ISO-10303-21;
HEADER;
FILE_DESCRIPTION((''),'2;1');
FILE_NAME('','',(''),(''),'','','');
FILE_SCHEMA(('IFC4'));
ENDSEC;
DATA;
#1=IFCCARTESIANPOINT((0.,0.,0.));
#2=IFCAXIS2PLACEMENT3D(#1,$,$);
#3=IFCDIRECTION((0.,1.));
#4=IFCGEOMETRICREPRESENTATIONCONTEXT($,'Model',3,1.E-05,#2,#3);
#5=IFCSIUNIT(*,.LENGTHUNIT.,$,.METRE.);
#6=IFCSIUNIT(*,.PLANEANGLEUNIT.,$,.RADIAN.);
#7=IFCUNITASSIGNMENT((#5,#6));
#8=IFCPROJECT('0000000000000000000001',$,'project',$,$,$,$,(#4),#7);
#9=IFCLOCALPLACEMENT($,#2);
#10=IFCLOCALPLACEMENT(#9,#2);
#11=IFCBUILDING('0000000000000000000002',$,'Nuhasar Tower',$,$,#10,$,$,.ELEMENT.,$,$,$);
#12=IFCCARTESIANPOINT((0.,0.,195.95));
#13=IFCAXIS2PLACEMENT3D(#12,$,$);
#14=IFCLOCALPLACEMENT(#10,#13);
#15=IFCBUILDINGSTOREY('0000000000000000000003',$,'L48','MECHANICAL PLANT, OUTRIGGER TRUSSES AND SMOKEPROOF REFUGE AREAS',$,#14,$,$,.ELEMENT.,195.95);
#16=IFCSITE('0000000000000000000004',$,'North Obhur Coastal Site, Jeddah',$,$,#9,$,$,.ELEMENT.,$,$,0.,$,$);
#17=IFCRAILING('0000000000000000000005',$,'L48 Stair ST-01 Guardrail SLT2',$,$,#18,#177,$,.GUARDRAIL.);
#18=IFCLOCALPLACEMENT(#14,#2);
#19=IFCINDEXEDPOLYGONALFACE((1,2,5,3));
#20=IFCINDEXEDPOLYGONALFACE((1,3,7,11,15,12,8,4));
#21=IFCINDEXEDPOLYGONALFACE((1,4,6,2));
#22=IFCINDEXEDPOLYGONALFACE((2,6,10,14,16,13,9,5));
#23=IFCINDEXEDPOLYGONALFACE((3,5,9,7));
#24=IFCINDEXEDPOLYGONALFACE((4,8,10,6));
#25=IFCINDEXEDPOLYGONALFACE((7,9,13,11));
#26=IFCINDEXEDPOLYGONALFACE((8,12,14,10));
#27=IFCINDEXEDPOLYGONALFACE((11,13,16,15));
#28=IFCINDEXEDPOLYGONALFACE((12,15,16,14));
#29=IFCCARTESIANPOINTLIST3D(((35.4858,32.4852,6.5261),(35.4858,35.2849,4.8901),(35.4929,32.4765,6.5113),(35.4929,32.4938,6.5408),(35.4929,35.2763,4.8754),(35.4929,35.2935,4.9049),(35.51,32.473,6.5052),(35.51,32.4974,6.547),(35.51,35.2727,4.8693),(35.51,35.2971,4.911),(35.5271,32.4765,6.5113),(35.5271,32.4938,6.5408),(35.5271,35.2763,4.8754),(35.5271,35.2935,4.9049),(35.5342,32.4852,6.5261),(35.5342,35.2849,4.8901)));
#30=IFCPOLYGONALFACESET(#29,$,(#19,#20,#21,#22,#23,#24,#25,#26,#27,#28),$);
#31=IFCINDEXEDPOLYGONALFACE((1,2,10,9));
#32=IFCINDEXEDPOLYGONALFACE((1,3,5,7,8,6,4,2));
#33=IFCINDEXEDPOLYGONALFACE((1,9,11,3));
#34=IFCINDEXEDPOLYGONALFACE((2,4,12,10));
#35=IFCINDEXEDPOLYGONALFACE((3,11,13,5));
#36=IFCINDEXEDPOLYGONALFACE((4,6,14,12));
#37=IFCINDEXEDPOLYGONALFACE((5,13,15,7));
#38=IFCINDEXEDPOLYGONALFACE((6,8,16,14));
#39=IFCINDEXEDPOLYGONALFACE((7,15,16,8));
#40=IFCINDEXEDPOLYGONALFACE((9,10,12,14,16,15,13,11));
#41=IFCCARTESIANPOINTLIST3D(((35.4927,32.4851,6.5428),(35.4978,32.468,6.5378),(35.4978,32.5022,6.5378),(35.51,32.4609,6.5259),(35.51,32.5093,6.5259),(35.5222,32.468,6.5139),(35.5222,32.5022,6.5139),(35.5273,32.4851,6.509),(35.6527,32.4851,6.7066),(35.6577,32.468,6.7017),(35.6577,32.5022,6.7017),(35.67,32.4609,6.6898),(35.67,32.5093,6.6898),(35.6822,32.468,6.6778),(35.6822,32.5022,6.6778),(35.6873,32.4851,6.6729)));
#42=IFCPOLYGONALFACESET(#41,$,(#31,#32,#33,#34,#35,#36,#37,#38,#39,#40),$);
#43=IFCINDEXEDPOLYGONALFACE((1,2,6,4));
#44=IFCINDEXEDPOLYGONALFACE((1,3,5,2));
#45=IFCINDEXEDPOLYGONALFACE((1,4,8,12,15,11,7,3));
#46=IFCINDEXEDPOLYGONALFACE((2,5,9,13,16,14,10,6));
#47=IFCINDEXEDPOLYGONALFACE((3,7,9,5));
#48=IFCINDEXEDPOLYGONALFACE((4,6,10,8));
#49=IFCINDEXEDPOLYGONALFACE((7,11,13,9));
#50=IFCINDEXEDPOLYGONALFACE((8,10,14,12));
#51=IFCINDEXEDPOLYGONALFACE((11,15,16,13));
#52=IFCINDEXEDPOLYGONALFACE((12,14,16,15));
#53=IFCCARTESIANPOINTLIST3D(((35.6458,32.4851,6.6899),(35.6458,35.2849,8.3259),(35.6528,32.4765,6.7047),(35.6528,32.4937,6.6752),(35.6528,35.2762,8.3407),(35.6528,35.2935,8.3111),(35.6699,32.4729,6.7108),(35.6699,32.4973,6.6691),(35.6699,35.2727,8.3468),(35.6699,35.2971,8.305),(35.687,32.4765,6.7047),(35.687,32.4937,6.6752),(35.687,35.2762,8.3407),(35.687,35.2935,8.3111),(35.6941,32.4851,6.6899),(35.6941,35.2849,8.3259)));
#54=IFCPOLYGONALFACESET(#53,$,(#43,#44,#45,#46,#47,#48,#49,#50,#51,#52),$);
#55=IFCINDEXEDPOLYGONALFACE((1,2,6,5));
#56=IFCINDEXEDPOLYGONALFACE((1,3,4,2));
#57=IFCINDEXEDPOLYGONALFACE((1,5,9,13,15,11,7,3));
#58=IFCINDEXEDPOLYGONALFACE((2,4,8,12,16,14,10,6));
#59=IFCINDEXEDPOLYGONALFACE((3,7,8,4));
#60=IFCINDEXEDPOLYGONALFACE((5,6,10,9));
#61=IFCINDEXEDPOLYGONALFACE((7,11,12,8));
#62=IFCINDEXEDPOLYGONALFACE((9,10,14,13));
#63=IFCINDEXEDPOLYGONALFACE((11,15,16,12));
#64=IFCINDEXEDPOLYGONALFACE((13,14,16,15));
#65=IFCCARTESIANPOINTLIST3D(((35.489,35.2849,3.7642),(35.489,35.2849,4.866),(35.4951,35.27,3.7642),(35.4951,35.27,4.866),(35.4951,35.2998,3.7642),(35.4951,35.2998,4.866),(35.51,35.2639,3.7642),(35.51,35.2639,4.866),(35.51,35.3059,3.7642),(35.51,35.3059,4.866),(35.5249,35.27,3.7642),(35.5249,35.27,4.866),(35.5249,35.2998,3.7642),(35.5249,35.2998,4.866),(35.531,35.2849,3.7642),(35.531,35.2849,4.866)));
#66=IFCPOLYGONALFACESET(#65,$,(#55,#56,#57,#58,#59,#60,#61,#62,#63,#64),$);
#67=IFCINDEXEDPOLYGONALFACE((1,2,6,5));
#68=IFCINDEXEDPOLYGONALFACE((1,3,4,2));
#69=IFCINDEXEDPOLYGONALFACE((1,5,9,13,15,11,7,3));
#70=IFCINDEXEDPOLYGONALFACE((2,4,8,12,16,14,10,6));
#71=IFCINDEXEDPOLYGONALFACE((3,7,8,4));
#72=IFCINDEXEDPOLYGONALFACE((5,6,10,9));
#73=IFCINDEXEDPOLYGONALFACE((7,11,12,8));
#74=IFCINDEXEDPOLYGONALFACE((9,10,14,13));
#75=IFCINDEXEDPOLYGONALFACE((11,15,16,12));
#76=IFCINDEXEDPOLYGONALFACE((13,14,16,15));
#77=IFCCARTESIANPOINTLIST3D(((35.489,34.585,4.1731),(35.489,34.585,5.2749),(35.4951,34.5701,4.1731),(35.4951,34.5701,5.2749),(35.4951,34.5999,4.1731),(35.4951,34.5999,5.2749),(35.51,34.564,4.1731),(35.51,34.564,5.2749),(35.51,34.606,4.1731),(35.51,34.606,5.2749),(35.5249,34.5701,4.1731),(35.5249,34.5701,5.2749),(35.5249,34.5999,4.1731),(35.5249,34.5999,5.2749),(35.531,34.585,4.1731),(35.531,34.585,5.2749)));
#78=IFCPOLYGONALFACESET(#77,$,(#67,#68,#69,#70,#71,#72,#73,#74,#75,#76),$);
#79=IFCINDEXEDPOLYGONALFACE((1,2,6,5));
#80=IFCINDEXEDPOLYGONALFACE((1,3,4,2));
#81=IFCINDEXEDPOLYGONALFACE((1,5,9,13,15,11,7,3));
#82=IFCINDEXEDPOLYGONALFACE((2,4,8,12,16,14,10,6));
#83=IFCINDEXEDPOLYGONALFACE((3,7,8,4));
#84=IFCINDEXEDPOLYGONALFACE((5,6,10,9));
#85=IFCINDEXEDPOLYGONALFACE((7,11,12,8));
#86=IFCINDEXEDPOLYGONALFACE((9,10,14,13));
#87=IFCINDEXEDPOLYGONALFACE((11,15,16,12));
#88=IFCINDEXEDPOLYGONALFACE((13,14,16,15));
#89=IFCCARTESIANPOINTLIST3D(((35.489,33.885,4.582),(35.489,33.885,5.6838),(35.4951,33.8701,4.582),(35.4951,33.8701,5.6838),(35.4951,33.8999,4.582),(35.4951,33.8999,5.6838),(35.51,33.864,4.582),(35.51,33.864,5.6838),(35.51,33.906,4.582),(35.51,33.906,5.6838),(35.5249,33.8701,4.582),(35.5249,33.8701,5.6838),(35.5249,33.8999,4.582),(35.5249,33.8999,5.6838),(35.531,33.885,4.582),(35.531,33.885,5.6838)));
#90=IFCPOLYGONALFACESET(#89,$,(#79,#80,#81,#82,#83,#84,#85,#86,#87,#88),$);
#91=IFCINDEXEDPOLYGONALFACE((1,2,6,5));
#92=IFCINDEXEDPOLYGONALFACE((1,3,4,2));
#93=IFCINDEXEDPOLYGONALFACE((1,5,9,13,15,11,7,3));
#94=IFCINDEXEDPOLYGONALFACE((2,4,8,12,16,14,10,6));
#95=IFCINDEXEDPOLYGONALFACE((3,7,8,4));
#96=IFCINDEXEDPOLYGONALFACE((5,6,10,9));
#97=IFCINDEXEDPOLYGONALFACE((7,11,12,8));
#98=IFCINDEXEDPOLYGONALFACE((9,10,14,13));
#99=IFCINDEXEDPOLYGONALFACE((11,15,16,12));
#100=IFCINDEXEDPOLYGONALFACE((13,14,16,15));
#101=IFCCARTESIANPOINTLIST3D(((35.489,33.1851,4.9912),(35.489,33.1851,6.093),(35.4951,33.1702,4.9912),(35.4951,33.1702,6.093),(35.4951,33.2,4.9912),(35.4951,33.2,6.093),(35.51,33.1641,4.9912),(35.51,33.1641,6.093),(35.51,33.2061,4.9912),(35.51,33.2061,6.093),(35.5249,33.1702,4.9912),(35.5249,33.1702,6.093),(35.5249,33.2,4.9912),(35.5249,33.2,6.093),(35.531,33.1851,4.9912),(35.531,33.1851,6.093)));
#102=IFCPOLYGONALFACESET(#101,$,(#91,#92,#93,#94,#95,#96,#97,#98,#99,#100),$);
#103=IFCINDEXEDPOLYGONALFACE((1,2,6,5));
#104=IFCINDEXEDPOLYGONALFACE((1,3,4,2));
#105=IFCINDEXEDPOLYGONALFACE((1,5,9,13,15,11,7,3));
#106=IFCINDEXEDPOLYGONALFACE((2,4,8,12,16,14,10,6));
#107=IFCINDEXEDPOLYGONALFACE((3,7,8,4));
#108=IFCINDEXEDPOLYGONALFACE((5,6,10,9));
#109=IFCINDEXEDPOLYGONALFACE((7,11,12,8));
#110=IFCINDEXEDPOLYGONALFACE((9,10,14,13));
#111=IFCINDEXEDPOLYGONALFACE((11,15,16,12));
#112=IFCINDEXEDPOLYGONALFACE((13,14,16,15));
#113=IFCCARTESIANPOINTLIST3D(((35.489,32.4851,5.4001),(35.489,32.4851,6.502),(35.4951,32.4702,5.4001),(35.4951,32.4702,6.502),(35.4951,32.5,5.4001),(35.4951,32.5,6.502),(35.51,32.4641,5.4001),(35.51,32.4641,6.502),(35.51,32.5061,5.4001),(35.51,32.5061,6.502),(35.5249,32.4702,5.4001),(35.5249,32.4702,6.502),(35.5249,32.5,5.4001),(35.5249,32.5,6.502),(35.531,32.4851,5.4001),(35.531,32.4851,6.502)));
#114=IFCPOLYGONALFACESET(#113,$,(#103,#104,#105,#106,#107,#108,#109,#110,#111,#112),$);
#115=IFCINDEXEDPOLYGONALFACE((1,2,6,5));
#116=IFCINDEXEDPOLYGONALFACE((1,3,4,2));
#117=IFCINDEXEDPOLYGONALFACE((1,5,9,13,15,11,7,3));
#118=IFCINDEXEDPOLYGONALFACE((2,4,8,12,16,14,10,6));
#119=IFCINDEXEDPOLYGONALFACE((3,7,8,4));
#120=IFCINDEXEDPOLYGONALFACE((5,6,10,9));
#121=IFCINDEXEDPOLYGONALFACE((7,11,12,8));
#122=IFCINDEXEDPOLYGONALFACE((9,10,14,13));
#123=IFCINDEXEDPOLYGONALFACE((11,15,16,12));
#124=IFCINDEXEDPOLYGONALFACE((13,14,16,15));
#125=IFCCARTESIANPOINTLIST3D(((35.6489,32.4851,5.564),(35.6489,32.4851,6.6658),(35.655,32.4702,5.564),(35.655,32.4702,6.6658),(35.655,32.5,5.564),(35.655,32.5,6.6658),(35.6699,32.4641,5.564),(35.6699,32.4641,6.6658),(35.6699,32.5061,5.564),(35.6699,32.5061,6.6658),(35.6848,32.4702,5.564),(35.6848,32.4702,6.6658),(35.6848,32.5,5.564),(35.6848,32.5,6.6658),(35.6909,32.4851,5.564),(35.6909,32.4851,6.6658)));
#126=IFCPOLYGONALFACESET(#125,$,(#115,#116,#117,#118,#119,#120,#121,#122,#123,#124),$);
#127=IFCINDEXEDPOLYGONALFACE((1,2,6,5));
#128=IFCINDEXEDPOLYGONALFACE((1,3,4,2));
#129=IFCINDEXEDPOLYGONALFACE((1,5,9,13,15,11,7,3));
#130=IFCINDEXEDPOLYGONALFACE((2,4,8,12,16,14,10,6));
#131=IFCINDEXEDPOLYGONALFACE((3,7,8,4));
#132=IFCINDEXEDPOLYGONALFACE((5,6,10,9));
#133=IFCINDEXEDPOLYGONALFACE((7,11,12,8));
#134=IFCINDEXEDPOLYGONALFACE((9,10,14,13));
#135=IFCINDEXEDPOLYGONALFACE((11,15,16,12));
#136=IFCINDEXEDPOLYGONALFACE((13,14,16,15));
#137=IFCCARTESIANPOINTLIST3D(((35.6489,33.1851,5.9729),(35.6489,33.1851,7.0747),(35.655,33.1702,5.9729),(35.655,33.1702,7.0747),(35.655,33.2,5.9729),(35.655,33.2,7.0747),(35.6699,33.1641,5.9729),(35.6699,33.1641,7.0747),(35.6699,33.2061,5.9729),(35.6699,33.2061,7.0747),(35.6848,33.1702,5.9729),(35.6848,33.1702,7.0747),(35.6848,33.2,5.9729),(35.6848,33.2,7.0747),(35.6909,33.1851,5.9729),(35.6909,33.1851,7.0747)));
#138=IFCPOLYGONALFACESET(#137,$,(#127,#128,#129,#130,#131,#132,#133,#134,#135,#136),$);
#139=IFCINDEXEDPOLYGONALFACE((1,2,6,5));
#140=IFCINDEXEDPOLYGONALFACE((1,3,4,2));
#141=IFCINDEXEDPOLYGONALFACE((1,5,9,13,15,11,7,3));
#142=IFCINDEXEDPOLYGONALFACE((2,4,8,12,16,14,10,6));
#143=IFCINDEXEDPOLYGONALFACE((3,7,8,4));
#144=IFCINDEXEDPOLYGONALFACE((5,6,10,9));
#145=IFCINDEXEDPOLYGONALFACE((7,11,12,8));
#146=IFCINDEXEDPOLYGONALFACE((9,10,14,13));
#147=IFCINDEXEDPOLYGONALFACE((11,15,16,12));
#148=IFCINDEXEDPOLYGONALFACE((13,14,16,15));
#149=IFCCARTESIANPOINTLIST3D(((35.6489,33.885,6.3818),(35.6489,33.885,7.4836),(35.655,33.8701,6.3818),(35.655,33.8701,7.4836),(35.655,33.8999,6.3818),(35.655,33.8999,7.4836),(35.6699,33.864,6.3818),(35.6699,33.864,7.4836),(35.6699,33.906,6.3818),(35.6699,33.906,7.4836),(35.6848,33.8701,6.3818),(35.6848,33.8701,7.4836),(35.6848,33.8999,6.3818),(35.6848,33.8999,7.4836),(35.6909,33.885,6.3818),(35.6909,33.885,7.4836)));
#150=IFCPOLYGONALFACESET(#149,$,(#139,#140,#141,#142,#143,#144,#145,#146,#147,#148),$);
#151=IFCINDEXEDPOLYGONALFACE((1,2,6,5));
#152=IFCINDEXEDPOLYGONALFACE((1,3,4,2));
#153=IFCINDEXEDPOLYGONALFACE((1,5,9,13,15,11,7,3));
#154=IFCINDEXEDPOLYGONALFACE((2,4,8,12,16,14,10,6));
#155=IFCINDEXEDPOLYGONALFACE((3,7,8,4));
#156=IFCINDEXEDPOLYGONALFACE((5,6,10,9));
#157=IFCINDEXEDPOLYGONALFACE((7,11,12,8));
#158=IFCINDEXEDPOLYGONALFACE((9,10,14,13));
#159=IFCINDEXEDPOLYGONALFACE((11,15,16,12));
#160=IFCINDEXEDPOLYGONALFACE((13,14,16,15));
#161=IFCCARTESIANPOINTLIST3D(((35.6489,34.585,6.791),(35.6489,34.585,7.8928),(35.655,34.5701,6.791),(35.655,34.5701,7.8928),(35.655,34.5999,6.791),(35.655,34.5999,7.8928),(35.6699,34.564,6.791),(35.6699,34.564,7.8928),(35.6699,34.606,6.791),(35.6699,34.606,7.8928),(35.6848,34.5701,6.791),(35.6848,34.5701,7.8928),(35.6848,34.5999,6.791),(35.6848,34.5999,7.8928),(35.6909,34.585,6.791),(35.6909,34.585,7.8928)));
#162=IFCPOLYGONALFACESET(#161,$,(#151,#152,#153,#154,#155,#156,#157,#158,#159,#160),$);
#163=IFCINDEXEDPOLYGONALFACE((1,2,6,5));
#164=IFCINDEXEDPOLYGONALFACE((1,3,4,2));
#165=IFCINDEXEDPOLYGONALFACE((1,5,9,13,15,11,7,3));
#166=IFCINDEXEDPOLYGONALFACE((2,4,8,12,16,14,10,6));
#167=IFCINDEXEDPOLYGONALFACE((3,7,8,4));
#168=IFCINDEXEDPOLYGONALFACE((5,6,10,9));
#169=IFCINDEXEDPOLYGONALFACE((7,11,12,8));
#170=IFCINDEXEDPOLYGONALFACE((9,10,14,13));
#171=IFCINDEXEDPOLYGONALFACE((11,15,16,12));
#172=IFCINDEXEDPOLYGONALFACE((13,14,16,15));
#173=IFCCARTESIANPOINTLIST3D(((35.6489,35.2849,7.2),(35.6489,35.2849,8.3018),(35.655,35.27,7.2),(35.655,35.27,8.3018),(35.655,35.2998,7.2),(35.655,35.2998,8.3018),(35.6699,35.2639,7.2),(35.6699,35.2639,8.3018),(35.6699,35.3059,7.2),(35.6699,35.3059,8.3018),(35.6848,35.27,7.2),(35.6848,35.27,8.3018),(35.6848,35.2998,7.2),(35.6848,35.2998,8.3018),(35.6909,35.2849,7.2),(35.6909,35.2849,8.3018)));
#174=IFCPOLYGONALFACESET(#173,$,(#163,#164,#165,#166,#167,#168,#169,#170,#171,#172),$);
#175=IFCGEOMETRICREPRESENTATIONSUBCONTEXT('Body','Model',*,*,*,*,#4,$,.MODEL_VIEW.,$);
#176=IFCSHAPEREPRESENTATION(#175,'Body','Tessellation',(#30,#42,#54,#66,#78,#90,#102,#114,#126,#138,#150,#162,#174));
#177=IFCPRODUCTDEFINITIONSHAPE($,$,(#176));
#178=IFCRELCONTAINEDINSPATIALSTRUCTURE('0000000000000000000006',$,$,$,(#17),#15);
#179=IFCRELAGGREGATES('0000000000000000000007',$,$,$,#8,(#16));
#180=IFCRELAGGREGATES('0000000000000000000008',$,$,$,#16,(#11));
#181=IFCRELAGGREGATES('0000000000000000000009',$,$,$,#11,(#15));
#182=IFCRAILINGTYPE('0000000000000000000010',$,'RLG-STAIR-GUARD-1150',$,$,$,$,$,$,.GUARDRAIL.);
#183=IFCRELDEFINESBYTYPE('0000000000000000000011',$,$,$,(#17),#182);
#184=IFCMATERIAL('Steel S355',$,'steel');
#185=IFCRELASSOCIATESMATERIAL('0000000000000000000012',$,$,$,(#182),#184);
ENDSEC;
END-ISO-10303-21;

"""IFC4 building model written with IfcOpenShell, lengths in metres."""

from ifc_helpers import new_model, si_unit, direction, frame, origin, place, context, subcontext, project, spatial, polyline, outline, extrude, material, type_object, element, save


model = new_model("IFC4")

# Units and contexts
model_context = context("Model", 3, precision=1e-05, world=origin(), true_north=direction((0.0, 1.0)))
body_context = subcontext(model_context, "Body", "Model", "MODEL_VIEW")
ifc_project = project(units=[si_unit("LENGTHUNIT", "METRE"), si_unit("PLANEANGLEUNIT", "RADIAN")], contexts=[model_context])

# Site, building, storey
site_placement = place(None, origin())
site = spatial("IfcSite", under=ifc_project, at=site_placement, Name="North Obhur Coastal Site, Jeddah", CompositionType="ELEMENT", RefElevation=0.0)
building_placement = place(site_placement, origin())
building = spatial("IfcBuilding", under=site, at=building_placement, Name="Nuhasar Tower", CompositionType="ELEMENT")
storey_placement = place(building_placement, frame((0.0, 0.0, 195.95)))
storey = spatial("IfcBuildingStorey", under=building, at=storey_placement, Name="L48", Description="MECHANICAL PLANT, OUTRIGGER TRUSSES AND SMOKEPROOF REFUGE AREAS", CompositionType="ELEMENT", Elevation=195.95)

# Shared definitions
ifc_material_1 = material(Name="Steel S355", Category="steel")

# Railing
railing_type_1 = type_object("IfcRailingType", Name="RLG-STAIR-GUARD-1150", PredefinedType="GUARDRAIL", material=ifc_material_1)
railing_1_placement = place(storey_placement, frame((35.51, 35.2849, 3.7642)))
element("IfcRailing", 1, at=railing_1_placement, inside=storey, type_object=railing_type_1, Name="L48 Stair ST-01 Guardrail SLT2", PredefinedType="GUARDRAIL", context=body_context, shape_type="SweptSolid", body=[
    extrude(outline(polyline([(0.0242, 0.0), (0.0171, 0.0171), (0.0, 0.0242), (-0.0171, 0.0171), (-0.0242, 0.0), (-0.0171, -0.0171), (0.0, -0.0242), (0.0171, -0.0171), (0.0242, 0.0)])), frame((0.0, 0.0, 1.126), z_axis=(0.0, -0.863407, 0.504508), x_axis=(1.0, 0.0, 0.0)), (0.0, 0.0, 1.0), 3.2427),
    extrude(outline(polyline([(0.0242, 0.0), (0.0171, 0.0171), (0.0, 0.0242), (-0.0171, 0.0171), (-0.0242, 0.0), (-0.0171, -0.0171), (0.0, -0.0242), (0.0171, -0.0171), (0.0242, 0.0)])), frame((0.0, -2.7998, 2.7617), z_axis=(0.698524, 0.0, 0.715587), x_axis=(0.0, 1.0, 0.0)), (0.0, 0.0, 1.0), 0.229),
    extrude(outline(polyline([(0.0242, 0.0), (0.0171, 0.0171), (0.0, 0.0242), (-0.0171, 0.0171), (-0.0242, 0.0), (-0.0171, -0.0171), (0.0, -0.0242), (0.0171, -0.0171), (0.0242, 0.0)])), frame((0.1599, -2.7998, 2.9258), z_axis=(0.0, 0.863407, 0.504508), x_axis=(-1.0, 0.0, 0.0)), (0.0, 0.0, 1.0), 3.2427),
    extrude(outline(polyline([(0.021, 0.0), (0.0149, 0.0149), (0.0, 0.021), (-0.0149, 0.0149), (-0.021, 0.0), (-0.0149, -0.0149), (0.0, -0.021), (0.0149, -0.0149), (0.021, 0.0)])), origin(), (0.0, 0.0, 1.0), 1.1018),
    extrude(outline(polyline([(0.021, 0.0), (0.0149, 0.0149), (0.0, 0.021), (-0.0149, 0.0149), (-0.021, 0.0), (-0.0149, -0.0149), (0.0, -0.021), (0.0149, -0.0149), (0.021, 0.0)])), frame((0.0, -0.7, 0.4089)), (0.0, 0.0, 1.0), 1.1018),
    extrude(outline(polyline([(0.021, 0.0), (0.0149, 0.0149), (0.0, 0.021), (-0.0149, 0.0149), (-0.021, 0.0), (-0.0149, -0.0149), (0.0, -0.021), (0.0149, -0.0149), (0.021, 0.0)])), frame((0.0, -1.3999, 0.8179)), (0.0, 0.0, 1.0), 1.1018),
    extrude(outline(polyline([(0.021, 0.0), (0.0149, 0.0149), (0.0, 0.021), (-0.0149, 0.0149), (-0.021, 0.0), (-0.0149, -0.0149), (0.0, -0.021), (0.0149, -0.0149), (0.021, 0.0)])), frame((0.0, -2.0999, 1.2271)), (0.0, 0.0, 1.0), 1.1018),
    extrude(outline(polyline([(0.021, 0.0), (0.0149, 0.0149), (0.0, 0.021), (-0.0149, 0.0149), (-0.021, 0.0), (-0.0149, -0.0149), (0.0, -0.021), (0.0149, -0.0149), (0.021, 0.0)])), frame((0.0, -2.7998, 1.636)), (0.0, 0.0, 1.0), 1.1018),
    extrude(outline(polyline([(0.021, 0.0), (0.0149, 0.0149), (0.0, 0.021), (-0.0149, 0.0149), (-0.021, 0.0), (-0.0149, -0.0149), (0.0, -0.021), (0.0149, -0.0149), (0.021, 0.0)])), frame((0.1599, -2.7998, 1.7998)), (0.0, 0.0, 1.0), 1.1018),
    extrude(outline(polyline([(0.021, 0.0), (0.0149, 0.0149), (0.0, 0.021), (-0.0149, 0.0149), (-0.021, 0.0), (-0.0149, -0.0149), (0.0, -0.021), (0.0149, -0.0149), (0.021, 0.0)])), frame((0.1599, -2.0999, 2.2087)), (0.0, 0.0, 1.0), 1.1018),
    extrude(outline(polyline([(0.021, 0.0), (0.0149, 0.0149), (0.0, 0.021), (-0.0149, 0.0149), (-0.021, 0.0), (-0.0149, -0.0149), (0.0, -0.021), (0.0149, -0.0149), (0.021, 0.0)])), frame((0.1599, -1.3999, 2.6177)), (0.0, 0.0, 1.0), 1.1018),
    extrude(outline(polyline([(0.021, 0.0), (0.0149, 0.0149), (0.0, 0.021), (-0.0149, 0.0149), (-0.021, 0.0), (-0.0149, -0.0149), (0.0, -0.021), (0.0149, -0.0149), (0.021, 0.0)])), frame((0.1599, -0.7, 3.0269)), (0.0, 0.0, 1.0), 1.1018),
    extrude(outline(polyline([(0.021, 0.0), (0.0149, 0.0149), (0.0, 0.021), (-0.0149, 0.0149), (-0.021, 0.0), (-0.0149, -0.0149), (0.0, -0.021), (0.0149, -0.0149), (0.021, 0.0)])), frame((0.1599, 0.0, 3.4358)), (0.0, 0.0, 1.0), 1.1018),
])

save(model, "model.ifc")
